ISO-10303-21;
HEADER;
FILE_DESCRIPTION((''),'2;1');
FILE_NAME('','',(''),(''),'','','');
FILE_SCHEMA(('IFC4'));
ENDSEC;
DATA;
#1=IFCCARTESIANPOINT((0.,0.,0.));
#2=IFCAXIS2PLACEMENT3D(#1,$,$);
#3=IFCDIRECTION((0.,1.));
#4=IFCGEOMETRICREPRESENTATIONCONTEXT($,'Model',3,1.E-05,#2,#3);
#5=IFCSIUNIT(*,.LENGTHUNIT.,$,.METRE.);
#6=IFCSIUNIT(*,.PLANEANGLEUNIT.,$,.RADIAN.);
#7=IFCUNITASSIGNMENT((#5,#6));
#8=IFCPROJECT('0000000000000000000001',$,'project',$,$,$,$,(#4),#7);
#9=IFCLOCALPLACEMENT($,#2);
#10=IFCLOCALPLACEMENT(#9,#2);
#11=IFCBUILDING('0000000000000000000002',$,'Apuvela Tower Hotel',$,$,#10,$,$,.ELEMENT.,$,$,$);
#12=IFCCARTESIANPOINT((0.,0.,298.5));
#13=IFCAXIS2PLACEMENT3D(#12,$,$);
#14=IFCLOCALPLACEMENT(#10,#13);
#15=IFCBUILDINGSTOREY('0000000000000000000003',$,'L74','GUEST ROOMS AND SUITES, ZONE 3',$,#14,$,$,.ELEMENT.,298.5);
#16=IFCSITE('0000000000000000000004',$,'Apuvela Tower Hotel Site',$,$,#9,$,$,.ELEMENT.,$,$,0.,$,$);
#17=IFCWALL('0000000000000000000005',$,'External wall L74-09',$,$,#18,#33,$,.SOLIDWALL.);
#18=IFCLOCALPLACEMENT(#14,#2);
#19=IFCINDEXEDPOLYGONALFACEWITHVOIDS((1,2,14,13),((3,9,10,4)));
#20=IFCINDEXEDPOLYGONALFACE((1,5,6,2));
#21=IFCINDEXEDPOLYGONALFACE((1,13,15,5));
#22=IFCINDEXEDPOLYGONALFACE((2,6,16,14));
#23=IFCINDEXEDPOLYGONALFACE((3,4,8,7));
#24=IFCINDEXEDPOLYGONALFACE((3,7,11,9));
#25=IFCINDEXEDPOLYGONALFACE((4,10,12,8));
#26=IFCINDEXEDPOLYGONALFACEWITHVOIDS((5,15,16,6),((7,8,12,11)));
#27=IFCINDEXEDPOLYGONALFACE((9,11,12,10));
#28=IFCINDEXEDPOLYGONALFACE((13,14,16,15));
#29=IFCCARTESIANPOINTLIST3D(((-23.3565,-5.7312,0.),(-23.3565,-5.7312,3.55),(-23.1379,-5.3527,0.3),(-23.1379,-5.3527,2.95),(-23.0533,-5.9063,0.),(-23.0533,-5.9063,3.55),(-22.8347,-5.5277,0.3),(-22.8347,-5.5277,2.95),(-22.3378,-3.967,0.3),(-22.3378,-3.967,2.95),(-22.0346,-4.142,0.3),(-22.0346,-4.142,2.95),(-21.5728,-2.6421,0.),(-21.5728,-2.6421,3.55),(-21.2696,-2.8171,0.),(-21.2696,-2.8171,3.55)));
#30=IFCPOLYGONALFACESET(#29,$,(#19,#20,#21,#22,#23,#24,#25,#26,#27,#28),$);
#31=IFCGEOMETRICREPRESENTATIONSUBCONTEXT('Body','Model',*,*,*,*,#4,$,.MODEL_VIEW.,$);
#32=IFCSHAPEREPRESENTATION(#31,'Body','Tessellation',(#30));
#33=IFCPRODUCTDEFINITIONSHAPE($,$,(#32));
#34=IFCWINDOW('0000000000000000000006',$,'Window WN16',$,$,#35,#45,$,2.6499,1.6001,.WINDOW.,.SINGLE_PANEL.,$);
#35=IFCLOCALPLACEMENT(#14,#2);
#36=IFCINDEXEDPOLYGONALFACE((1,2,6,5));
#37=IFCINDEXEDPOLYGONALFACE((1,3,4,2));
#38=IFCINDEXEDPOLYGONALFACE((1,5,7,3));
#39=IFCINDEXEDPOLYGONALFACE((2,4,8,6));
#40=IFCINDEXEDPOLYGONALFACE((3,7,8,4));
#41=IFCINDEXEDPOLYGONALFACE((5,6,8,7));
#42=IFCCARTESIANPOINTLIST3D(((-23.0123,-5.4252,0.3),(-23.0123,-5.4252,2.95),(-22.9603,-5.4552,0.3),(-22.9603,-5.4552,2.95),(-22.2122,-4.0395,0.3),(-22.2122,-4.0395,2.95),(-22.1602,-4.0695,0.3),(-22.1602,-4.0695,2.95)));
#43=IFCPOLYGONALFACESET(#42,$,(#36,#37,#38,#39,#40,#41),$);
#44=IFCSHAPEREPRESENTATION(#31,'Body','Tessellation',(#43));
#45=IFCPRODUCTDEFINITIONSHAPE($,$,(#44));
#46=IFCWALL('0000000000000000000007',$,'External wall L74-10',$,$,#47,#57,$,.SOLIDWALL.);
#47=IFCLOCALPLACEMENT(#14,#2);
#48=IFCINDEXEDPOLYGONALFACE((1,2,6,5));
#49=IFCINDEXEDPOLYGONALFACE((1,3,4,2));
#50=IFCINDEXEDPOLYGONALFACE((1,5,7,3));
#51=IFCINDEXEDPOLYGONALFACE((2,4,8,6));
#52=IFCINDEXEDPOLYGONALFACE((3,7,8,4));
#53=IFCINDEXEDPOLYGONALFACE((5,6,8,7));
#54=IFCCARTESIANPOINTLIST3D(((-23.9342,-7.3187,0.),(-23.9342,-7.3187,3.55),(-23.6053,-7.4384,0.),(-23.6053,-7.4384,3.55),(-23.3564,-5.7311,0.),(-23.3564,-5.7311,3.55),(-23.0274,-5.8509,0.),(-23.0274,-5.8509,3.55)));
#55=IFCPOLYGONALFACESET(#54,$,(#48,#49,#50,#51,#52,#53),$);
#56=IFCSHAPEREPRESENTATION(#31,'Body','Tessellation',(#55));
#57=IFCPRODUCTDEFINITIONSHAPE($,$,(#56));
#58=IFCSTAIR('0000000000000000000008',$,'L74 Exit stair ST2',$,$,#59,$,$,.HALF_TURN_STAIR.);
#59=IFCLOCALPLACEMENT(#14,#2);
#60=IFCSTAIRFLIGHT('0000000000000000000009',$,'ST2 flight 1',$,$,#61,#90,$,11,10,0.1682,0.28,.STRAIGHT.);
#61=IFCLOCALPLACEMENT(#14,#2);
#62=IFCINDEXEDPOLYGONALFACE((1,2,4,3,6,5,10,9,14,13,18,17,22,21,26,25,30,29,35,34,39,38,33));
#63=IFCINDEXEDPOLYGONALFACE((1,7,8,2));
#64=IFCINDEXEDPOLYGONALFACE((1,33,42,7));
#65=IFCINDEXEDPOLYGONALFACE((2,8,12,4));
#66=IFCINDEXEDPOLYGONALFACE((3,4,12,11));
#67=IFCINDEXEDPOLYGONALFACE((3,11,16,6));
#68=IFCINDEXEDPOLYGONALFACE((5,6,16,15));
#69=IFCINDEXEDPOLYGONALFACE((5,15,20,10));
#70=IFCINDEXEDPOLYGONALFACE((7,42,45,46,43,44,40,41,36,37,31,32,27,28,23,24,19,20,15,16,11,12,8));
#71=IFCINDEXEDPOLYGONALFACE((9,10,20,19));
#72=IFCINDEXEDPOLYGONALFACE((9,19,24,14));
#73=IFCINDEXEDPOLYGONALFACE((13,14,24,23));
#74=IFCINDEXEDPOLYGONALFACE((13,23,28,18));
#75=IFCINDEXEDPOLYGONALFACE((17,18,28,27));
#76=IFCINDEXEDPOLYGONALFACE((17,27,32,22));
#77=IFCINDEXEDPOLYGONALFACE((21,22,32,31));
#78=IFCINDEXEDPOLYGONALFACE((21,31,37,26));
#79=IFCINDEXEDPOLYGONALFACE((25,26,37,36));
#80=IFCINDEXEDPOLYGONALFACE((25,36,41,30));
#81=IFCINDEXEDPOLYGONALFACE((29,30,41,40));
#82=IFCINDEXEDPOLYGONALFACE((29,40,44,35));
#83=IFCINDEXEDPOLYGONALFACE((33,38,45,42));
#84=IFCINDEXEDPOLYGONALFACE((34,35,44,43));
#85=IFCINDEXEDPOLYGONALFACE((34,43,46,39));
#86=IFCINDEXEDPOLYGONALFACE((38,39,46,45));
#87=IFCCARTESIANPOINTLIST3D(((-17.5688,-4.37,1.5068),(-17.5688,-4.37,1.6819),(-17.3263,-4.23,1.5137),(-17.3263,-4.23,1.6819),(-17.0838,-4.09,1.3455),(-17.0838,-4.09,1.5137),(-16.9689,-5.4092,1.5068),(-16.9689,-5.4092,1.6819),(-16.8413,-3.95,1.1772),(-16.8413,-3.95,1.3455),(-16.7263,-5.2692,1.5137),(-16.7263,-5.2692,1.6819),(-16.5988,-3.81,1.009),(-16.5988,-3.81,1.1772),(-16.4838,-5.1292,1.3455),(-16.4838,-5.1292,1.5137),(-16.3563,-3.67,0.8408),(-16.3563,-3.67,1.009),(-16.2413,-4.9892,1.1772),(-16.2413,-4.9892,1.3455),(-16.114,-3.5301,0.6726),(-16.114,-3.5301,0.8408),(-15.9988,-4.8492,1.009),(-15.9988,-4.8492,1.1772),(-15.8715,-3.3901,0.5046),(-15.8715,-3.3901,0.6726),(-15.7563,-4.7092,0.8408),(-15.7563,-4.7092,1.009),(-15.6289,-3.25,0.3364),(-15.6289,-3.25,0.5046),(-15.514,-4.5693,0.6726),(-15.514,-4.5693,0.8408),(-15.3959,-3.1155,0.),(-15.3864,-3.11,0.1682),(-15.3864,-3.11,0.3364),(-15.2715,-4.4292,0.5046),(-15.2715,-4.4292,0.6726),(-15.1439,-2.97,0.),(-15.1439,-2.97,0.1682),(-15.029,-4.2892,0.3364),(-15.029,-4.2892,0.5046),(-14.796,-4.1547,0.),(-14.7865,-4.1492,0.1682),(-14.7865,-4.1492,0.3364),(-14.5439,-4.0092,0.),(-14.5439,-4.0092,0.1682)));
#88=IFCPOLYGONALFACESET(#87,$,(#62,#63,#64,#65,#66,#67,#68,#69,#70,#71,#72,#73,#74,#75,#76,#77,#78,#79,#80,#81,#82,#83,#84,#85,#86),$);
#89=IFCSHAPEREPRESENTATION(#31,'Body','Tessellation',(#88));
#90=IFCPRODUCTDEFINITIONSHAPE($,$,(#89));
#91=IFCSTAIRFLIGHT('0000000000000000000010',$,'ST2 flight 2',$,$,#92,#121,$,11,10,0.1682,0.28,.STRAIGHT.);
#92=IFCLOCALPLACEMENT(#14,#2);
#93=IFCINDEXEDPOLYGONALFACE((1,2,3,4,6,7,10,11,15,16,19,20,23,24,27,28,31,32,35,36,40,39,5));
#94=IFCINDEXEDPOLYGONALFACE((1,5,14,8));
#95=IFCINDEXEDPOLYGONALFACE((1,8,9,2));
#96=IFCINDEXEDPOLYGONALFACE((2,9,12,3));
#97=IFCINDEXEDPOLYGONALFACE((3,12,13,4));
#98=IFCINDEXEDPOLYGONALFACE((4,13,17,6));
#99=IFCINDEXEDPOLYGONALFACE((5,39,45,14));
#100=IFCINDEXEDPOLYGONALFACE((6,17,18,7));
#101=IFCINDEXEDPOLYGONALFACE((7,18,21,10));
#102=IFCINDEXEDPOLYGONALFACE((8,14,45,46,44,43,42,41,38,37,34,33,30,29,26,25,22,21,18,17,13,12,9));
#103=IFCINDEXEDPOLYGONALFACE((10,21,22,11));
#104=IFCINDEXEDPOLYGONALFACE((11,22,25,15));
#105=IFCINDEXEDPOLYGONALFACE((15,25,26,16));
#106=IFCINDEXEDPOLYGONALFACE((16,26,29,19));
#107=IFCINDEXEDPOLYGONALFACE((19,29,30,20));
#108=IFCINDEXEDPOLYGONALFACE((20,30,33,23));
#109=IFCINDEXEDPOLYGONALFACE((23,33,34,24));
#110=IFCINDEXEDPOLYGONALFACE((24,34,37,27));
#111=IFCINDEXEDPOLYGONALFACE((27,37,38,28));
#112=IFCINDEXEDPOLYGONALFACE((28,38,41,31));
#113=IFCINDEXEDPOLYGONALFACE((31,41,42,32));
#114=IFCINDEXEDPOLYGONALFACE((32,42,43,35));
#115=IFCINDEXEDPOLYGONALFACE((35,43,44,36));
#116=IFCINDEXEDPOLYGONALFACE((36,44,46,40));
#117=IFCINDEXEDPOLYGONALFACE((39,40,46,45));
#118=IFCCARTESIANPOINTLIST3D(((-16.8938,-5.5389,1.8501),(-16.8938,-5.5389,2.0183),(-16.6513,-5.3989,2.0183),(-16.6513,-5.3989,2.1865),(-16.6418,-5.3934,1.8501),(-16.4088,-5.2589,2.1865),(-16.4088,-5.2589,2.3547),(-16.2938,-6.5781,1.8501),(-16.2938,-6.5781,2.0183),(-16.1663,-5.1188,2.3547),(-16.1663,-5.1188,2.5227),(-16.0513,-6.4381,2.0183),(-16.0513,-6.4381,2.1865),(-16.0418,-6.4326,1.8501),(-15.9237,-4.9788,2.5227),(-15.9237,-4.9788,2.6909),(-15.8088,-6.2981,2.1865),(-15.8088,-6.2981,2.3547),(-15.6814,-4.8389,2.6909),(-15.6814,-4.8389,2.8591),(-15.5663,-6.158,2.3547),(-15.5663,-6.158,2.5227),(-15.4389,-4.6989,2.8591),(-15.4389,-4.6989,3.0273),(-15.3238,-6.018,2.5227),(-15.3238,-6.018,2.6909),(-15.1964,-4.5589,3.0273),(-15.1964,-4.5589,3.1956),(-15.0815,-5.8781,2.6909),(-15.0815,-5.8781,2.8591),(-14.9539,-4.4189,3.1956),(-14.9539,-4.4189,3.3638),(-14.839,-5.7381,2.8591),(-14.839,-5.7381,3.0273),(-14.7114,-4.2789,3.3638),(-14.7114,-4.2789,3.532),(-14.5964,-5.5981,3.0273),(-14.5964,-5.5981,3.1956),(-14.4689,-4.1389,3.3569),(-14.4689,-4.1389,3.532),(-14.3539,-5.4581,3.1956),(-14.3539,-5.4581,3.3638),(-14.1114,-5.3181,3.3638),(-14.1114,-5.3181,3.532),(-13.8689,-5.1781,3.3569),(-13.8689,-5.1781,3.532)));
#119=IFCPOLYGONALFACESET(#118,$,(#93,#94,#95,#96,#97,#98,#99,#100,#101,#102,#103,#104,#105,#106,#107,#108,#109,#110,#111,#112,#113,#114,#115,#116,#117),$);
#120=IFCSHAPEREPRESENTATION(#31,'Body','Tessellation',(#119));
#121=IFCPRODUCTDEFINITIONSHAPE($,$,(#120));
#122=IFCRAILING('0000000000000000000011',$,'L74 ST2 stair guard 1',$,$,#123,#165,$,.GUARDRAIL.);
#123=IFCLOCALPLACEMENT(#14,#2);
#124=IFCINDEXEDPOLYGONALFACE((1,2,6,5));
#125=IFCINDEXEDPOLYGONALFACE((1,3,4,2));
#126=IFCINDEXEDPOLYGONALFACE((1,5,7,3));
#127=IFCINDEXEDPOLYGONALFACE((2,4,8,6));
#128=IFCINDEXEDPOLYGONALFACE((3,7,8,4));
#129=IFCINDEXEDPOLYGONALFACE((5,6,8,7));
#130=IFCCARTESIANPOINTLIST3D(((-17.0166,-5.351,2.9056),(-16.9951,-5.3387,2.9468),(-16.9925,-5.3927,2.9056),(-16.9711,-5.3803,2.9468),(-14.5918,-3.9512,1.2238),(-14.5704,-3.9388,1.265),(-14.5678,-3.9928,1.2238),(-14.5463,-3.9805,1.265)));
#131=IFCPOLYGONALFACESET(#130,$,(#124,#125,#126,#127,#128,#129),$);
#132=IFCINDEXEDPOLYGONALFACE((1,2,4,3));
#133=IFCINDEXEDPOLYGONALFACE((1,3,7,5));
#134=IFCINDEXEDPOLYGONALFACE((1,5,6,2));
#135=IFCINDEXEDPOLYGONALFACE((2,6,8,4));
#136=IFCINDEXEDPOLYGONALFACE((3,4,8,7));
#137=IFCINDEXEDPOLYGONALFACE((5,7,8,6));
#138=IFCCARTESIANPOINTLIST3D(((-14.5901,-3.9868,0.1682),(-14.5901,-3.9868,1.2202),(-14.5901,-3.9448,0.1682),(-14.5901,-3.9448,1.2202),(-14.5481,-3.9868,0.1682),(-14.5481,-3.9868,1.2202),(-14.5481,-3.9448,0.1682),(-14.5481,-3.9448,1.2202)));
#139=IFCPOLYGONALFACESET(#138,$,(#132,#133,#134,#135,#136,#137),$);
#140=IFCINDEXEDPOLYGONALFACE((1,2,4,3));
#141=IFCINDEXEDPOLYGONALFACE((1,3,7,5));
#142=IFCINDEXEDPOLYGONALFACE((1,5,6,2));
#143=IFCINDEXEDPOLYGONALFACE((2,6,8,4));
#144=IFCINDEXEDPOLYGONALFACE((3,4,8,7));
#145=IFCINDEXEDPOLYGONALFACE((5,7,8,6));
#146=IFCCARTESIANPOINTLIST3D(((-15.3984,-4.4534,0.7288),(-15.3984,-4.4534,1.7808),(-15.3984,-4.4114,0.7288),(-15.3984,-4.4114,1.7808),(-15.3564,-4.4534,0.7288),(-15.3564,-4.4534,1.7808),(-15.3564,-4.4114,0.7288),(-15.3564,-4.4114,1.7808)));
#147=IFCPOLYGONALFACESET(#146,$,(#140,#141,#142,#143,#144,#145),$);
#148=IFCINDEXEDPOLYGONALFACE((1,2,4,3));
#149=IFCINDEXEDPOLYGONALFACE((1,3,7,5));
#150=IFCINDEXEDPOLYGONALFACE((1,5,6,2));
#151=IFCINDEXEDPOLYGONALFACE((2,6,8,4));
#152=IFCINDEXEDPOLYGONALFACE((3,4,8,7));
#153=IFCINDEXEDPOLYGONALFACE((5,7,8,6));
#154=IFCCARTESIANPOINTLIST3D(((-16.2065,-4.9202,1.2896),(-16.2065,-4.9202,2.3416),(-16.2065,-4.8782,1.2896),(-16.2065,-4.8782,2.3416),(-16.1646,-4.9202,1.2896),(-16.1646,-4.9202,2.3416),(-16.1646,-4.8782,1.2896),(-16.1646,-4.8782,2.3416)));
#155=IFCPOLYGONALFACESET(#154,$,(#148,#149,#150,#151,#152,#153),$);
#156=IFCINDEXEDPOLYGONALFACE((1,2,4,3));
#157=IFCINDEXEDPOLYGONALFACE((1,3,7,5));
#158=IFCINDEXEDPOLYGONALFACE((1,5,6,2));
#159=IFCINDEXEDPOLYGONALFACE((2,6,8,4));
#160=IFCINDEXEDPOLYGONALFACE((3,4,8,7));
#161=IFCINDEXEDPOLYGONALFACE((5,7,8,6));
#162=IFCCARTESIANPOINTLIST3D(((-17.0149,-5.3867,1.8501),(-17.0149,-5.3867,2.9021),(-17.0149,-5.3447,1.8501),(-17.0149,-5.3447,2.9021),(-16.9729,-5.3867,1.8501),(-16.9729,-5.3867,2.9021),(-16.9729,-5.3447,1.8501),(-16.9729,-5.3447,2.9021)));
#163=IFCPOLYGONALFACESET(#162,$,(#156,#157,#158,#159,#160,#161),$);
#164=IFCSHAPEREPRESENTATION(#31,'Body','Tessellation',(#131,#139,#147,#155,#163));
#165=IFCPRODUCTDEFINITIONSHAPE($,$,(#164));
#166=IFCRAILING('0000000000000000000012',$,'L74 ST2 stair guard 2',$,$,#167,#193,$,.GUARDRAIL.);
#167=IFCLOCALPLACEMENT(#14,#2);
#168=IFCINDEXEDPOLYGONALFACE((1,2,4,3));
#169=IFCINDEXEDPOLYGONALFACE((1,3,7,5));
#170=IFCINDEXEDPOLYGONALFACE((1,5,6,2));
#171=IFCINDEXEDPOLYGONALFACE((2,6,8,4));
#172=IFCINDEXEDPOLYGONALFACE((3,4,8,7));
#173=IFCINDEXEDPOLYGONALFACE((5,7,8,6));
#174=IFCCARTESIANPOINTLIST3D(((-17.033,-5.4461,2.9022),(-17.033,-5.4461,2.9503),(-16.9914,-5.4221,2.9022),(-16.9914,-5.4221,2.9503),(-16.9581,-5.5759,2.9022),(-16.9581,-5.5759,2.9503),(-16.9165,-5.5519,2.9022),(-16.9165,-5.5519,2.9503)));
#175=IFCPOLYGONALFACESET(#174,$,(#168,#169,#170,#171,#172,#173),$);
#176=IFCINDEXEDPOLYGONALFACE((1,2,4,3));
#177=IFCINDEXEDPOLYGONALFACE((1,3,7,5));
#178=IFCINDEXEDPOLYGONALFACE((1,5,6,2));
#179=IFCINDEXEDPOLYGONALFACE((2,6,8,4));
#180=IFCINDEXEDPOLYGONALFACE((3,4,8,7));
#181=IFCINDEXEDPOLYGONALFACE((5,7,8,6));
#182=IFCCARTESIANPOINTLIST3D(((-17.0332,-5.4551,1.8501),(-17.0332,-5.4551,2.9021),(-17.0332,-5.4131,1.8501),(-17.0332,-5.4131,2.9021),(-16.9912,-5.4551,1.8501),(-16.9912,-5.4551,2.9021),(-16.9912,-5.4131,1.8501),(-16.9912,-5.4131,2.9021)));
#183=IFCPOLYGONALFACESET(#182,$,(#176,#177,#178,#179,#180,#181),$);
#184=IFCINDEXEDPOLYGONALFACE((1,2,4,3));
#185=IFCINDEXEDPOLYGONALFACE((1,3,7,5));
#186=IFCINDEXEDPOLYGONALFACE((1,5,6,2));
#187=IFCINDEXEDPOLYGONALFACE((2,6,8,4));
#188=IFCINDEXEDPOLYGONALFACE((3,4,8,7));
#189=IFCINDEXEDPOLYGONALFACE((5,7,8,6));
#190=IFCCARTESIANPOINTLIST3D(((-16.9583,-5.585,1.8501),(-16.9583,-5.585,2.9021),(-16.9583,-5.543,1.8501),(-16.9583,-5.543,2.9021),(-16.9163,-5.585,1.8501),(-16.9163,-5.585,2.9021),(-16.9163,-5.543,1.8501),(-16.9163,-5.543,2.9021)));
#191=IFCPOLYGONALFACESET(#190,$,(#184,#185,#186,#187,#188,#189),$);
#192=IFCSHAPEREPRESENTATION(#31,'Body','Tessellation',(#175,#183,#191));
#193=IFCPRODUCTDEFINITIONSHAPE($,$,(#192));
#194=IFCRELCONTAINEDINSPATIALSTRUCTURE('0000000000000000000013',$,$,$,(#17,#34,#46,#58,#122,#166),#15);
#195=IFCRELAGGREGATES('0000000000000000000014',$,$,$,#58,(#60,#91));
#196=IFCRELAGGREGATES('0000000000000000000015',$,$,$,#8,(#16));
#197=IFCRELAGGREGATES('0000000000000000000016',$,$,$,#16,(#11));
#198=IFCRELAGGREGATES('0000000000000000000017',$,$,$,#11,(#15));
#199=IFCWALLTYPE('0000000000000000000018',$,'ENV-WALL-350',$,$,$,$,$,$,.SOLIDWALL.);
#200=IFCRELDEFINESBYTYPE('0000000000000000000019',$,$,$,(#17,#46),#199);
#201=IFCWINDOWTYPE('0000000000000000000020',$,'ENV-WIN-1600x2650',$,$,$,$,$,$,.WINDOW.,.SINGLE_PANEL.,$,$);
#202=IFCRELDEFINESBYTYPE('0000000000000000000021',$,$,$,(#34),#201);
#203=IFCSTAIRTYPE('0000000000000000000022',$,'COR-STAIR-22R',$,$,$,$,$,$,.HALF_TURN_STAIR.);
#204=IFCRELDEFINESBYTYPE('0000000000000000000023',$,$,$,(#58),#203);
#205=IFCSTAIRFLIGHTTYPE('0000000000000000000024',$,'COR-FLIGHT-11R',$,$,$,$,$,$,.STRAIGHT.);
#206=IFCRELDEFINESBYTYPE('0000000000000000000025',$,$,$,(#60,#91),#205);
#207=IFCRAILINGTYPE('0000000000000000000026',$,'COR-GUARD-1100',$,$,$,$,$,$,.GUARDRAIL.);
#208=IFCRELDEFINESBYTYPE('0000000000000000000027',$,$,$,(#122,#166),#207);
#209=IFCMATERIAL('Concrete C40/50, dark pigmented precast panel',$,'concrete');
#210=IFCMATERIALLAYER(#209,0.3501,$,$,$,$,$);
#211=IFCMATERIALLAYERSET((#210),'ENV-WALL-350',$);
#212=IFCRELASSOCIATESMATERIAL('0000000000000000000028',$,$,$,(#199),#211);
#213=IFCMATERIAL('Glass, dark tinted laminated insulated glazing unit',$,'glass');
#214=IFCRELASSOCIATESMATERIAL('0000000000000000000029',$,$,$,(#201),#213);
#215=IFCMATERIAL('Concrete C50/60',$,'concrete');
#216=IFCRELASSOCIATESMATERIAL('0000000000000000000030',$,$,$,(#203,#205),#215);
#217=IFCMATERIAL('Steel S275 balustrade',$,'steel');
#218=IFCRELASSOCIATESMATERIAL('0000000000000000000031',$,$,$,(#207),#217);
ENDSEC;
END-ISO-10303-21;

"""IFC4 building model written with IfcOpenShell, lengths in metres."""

from ifc_helpers import new_model, si_unit, direction, frame, frame_2d, origin, origin_2d, place, context, subcontext, project, spatial, polyline, rectangle, outline, extrude, material, layer, layer_set, type_object, element, fill, aggregate, save


model = new_model("IFC4")

# Units and contexts
model_context = context("Model", 3, precision=1e-05, world=origin(), true_north=direction((0.0, 1.0)))
body_context = subcontext(model_context, "Body", "Model", "MODEL_VIEW")
ifc_project = project(units=[si_unit("LENGTHUNIT", "METRE"), si_unit("PLANEANGLEUNIT", "RADIAN")], contexts=[model_context])

# Site, building, storey
site_placement = place(None, origin())
site = spatial("IfcSite", under=ifc_project, at=site_placement, Name="Apuvela Tower Hotel Site", CompositionType="ELEMENT", RefElevation=0.0)
building_placement = place(site_placement, origin())
building = spatial("IfcBuilding", under=site, at=building_placement, Name="Apuvela Tower Hotel", CompositionType="ELEMENT")
storey_placement = place(building_placement, frame((0.0, 0.0, 298.5)))
storey = spatial("IfcBuildingStorey", under=building, at=storey_placement, Name="L74", Description="GUEST ROOMS AND SUITES, ZONE 3", CompositionType="ELEMENT", Elevation=298.5)

# Shared definitions
ifc_material_1 = material(Name="Concrete C50/60", Category="concrete")

# Shared definitions
ifc_material_2 = material(Name="Concrete C40/50, dark pigmented precast panel", Category="concrete")
ifc_layer_1 = layer(ifc_material_2, 0.3501)
ifc_layer_set_1 = layer_set([ifc_layer_1], Name="ENV-WALL-350")
wall_type_1 = type_object("IfcWallType", Name="ENV-WALL-350", PredefinedType="SOLIDWALL", material=ifc_layer_set_1)

# Wall, opening, window
wall_1_placement = place(storey_placement, frame((-21.4211, -2.7295, 0.0), z_axis=(0.0, 0.0, 1.0), x_axis=(-0.50004, -0.866002, 0.0)))
wall_1 = element("IfcWall", 1, at=wall_1_placement, inside=storey, type_object=wall_type_1, Name="External wall L74-09", PredefinedType="SOLIDWALL", context=body_context, shape_type="SweptSolid", body=[
    extrude(rectangle(XDim=3.5671, YDim=0.3501, at=frame_2d((1.7837, 0.0))), origin(), (0.0, 0.0, 1.0), 3.55),
])
opening_1_placement = place(wall_1_placement, frame((1.53, 0.0, 0.3)))
opening_1 = element("IfcOpeningElement", 2, at=opening_1_placement, cuts=wall_1, PredefinedType="OPENING", context=body_context, shape_type="SweptSolid", body=[
    extrude(rectangle(XDim=1.6001, YDim=2.6499, at=frame_2d((0.8, 1.325))), frame((0.0, 0.1851, 0.0), z_axis=(0.0, -1.0, 0.0), x_axis=(1.0, 0.0, 0.0)), (0.0, 0.0, 1.0), 0.3701),
])
ifc_material_3 = material(Name="Glass, dark tinted laminated insulated glazing unit", Category="glass")
window_type = type_object("IfcWindowType", Name="ENV-WIN-1600x2650", PartitioningType="SINGLE_PANEL", PredefinedType="WINDOW", material=ifc_material_3)
window_placement = place(opening_1_placement, origin())
window = element("IfcWindow", 3, at=window_placement, inside=storey, type_object=window_type, Name="Window WN16", OverallHeight=2.6499, OverallWidth=1.6001, PartitioningType="SINGLE_PANEL", PredefinedType="WINDOW", context=body_context, shape_type="SweptSolid", body=[
    extrude(rectangle(XDim=1.6001, YDim=2.6499, at=frame_2d((0.8, 1.325))), frame((0.0, 0.03, 0.0), z_axis=(0.0, -1.0, 0.0), x_axis=(1.0, 0.0, 0.0)), (0.0, 0.0, 1.0), 0.0601),
])
fill(opening_1, window)

# Wall
wall_2_placement = place(storey_placement, frame((-23.1919, -5.791, 0.0), z_axis=(0.0, 0.0, 1.0), x_axis=(-0.342033, -0.939688, 0.0)))
element("IfcWall", 4, at=wall_2_placement, inside=storey, type_object=wall_type_1, Name="External wall L74-10", PredefinedType="SOLIDWALL", context=body_context, shape_type="SweptSolid", body=[
    extrude(rectangle(XDim=1.6895, YDim=0.3501, at=frame_2d((0.8447, 0.0))), origin(), (0.0, 0.0, 1.0), 3.55),
])

# Stair, stair flights
stair_type = type_object("IfcStairType", Name="COR-STAIR-22R", PredefinedType="HALF_TURN_STAIR", material=ifc_material_1)
stair_placement = place(storey_placement, origin())
stair = element("IfcStair", 5, at=stair_placement, inside=storey, type_object=stair_type, Name="L74 Exit stair ST2", PredefinedType="HALF_TURN_STAIR")
stair_flight_type = type_object("IfcStairFlightType", Name="COR-FLIGHT-11R", PredefinedType="STRAIGHT", material=ifc_material_1)
stair_flight_1_placement = place(storey_placement, frame((-14.844, -3.4895, 0.0), z_axis=(0.0, 0.0, 1.0), x_axis=(-0.866025, -0.5, 0.0)))
stair_flight_1 = element("IfcStairFlight", 6, at=stair_flight_1_placement, type_object=stair_flight_type, Name="ST2 flight 1", NumberOfRisers=11, NumberOfTreads=10, PredefinedType="STRAIGHT", RiserHeight=0.1682, TreadLength=0.28, context=body_context, shape_type="SweptSolid", body=[
    extrude(outline(polyline([(0.0, 0.0), (0.0, 0.1682), (0.28, 0.1682), (0.28, 0.3364), (0.5601, 0.3364), (0.5601, 0.5046), (0.8401, 0.5046), (0.8401, 0.6726), (1.1201, 0.6726), (1.1201, 0.8408), (1.3999, 0.8408), (1.3999, 1.009), (1.6799, 1.009), (1.6799, 1.1772), (1.96, 1.1772), (1.96, 1.3455), (2.24, 1.3455), (2.24, 1.5137), (2.52, 1.5137), (2.52, 1.6819), (2.8, 1.6819), (2.8, 1.8501), (2.8, 1.5068), (0.291, 0.0), (0.0, 0.0)])), frame((0.0, 0.6001, 0.0), z_axis=(0.0, -1.0, 0.0), x_axis=(1.0, 0.0, 0.0)), (0.0, 0.0, 1.0), 1.2),
])
stair_flight_2_placement = place(storey_placement, frame((-16.5938, -6.0586, 1.8501), z_axis=(0.0, 0.0, 1.0), x_axis=(0.866025, 0.5, 0.0)))
stair_flight_2 = element("IfcStairFlight", 7, at=stair_flight_2_placement, type_object=stair_flight_type, Name="ST2 flight 2", NumberOfRisers=11, NumberOfTreads=10, PredefinedType="STRAIGHT", RiserHeight=0.1682, TreadLength=0.28, context=body_context, shape_type="SweptSolid", body=[
    extrude(outline(polyline([(0.0, 0.0), (0.0, 0.1682), (0.28, 0.1682), (0.28, 0.3364), (0.5601, 0.3364), (0.5601, 0.5046), (0.8401, 0.5046), (0.8401, 0.6726), (1.1201, 0.6726), (1.1201, 0.8408), (1.3999, 0.8408), (1.3999, 1.009), (1.6799, 1.009), (1.6799, 1.1772), (1.96, 1.1772), (1.96, 1.3455), (2.24, 1.3455), (2.24, 1.5137), (2.52, 1.5137), (2.52, 1.6819), (2.8, 1.6819), (2.8, 1.8501), (2.8, 1.5068), (0.291, 0.0), (0.0, 0.0)])), frame((0.0, 0.6001, 0.0), z_axis=(0.0, -1.0, 0.0), x_axis=(1.0, 0.0, 0.0)), (0.0, 0.0, 1.0), 1.2),
])
aggregate(stair, [stair_flight_1, stair_flight_2])

# Railings
ifc_material_4 = material(Name="Steel S275 balustrade", Category="steel")
railing_type_1 = type_object("IfcRailingType", Name="COR-GUARD-1100", PredefinedType="GUARDRAIL", material=ifc_material_4)
railing_1_placement = place(storey_placement, frame((-14.5691, -3.9658, 0.1682)))
element("IfcRailing", 8, at=railing_1_placement, inside=storey, type_object=railing_type_1, Name="L74 ST2 stair guard 1", PredefinedType="GUARDRAIL", context=body_context, shape_type="SweptSolid", body=[
    extrude(rectangle(XDim=0.0481, YDim=0.0481, at=origin_2d()), frame((0.0, 0.0, 1.0762), z_axis=(-0.74239, -0.428601, 0.514934), x_axis=(0.499984, -0.866035, 0.0)), (0.0, 0.0, 1.0), 3.2661),
    extrude(rectangle(XDim=0.042, YDim=0.042, at=origin_2d()), origin(), (0.0, 0.0, 1.0), 1.052),
    extrude(rectangle(XDim=0.042, YDim=0.042, at=origin_2d()), frame((-0.8083, -0.4666, 0.5605)), (0.0, 0.0, 1.0), 1.052),
    extrude(rectangle(XDim=0.042, YDim=0.042, at=origin_2d()), frame((-1.6165, -0.9333, 1.1213)), (0.0, 0.0, 1.0), 1.052),
    extrude(rectangle(XDim=0.042, YDim=0.042, at=origin_2d()), frame((-2.4248, -1.3999, 1.6819)), (0.0, 0.0, 1.0), 1.052),
])
railing_2_placement = place(storey_placement, frame((-17.0122, -5.4341, 1.8501)))
element("IfcRailing", 9, at=railing_2_placement, inside=storey, type_object=railing_type_1, Name="L74 ST2 stair guard 2", PredefinedType="GUARDRAIL", context=body_context, shape_type="SweptSolid", body=[
    extrude(rectangle(XDim=0.0481, YDim=0.0481, at=origin_2d()), frame((0.0, 0.0, 1.0762), z_axis=(0.499816, -0.866131, 0.0), x_axis=(0.866131, 0.499816, 0.0)), (0.0, 0.0, 1.0), 0.1499),
    extrude(rectangle(XDim=0.042, YDim=0.042, at=origin_2d()), origin(), (0.0, 0.0, 1.0), 1.052),
    extrude(rectangle(XDim=0.042, YDim=0.042, at=origin_2d()), frame((0.075, -0.1299, 0.0)), (0.0, 0.0, 1.0), 1.052),
])

save(model, "model.ifc")
